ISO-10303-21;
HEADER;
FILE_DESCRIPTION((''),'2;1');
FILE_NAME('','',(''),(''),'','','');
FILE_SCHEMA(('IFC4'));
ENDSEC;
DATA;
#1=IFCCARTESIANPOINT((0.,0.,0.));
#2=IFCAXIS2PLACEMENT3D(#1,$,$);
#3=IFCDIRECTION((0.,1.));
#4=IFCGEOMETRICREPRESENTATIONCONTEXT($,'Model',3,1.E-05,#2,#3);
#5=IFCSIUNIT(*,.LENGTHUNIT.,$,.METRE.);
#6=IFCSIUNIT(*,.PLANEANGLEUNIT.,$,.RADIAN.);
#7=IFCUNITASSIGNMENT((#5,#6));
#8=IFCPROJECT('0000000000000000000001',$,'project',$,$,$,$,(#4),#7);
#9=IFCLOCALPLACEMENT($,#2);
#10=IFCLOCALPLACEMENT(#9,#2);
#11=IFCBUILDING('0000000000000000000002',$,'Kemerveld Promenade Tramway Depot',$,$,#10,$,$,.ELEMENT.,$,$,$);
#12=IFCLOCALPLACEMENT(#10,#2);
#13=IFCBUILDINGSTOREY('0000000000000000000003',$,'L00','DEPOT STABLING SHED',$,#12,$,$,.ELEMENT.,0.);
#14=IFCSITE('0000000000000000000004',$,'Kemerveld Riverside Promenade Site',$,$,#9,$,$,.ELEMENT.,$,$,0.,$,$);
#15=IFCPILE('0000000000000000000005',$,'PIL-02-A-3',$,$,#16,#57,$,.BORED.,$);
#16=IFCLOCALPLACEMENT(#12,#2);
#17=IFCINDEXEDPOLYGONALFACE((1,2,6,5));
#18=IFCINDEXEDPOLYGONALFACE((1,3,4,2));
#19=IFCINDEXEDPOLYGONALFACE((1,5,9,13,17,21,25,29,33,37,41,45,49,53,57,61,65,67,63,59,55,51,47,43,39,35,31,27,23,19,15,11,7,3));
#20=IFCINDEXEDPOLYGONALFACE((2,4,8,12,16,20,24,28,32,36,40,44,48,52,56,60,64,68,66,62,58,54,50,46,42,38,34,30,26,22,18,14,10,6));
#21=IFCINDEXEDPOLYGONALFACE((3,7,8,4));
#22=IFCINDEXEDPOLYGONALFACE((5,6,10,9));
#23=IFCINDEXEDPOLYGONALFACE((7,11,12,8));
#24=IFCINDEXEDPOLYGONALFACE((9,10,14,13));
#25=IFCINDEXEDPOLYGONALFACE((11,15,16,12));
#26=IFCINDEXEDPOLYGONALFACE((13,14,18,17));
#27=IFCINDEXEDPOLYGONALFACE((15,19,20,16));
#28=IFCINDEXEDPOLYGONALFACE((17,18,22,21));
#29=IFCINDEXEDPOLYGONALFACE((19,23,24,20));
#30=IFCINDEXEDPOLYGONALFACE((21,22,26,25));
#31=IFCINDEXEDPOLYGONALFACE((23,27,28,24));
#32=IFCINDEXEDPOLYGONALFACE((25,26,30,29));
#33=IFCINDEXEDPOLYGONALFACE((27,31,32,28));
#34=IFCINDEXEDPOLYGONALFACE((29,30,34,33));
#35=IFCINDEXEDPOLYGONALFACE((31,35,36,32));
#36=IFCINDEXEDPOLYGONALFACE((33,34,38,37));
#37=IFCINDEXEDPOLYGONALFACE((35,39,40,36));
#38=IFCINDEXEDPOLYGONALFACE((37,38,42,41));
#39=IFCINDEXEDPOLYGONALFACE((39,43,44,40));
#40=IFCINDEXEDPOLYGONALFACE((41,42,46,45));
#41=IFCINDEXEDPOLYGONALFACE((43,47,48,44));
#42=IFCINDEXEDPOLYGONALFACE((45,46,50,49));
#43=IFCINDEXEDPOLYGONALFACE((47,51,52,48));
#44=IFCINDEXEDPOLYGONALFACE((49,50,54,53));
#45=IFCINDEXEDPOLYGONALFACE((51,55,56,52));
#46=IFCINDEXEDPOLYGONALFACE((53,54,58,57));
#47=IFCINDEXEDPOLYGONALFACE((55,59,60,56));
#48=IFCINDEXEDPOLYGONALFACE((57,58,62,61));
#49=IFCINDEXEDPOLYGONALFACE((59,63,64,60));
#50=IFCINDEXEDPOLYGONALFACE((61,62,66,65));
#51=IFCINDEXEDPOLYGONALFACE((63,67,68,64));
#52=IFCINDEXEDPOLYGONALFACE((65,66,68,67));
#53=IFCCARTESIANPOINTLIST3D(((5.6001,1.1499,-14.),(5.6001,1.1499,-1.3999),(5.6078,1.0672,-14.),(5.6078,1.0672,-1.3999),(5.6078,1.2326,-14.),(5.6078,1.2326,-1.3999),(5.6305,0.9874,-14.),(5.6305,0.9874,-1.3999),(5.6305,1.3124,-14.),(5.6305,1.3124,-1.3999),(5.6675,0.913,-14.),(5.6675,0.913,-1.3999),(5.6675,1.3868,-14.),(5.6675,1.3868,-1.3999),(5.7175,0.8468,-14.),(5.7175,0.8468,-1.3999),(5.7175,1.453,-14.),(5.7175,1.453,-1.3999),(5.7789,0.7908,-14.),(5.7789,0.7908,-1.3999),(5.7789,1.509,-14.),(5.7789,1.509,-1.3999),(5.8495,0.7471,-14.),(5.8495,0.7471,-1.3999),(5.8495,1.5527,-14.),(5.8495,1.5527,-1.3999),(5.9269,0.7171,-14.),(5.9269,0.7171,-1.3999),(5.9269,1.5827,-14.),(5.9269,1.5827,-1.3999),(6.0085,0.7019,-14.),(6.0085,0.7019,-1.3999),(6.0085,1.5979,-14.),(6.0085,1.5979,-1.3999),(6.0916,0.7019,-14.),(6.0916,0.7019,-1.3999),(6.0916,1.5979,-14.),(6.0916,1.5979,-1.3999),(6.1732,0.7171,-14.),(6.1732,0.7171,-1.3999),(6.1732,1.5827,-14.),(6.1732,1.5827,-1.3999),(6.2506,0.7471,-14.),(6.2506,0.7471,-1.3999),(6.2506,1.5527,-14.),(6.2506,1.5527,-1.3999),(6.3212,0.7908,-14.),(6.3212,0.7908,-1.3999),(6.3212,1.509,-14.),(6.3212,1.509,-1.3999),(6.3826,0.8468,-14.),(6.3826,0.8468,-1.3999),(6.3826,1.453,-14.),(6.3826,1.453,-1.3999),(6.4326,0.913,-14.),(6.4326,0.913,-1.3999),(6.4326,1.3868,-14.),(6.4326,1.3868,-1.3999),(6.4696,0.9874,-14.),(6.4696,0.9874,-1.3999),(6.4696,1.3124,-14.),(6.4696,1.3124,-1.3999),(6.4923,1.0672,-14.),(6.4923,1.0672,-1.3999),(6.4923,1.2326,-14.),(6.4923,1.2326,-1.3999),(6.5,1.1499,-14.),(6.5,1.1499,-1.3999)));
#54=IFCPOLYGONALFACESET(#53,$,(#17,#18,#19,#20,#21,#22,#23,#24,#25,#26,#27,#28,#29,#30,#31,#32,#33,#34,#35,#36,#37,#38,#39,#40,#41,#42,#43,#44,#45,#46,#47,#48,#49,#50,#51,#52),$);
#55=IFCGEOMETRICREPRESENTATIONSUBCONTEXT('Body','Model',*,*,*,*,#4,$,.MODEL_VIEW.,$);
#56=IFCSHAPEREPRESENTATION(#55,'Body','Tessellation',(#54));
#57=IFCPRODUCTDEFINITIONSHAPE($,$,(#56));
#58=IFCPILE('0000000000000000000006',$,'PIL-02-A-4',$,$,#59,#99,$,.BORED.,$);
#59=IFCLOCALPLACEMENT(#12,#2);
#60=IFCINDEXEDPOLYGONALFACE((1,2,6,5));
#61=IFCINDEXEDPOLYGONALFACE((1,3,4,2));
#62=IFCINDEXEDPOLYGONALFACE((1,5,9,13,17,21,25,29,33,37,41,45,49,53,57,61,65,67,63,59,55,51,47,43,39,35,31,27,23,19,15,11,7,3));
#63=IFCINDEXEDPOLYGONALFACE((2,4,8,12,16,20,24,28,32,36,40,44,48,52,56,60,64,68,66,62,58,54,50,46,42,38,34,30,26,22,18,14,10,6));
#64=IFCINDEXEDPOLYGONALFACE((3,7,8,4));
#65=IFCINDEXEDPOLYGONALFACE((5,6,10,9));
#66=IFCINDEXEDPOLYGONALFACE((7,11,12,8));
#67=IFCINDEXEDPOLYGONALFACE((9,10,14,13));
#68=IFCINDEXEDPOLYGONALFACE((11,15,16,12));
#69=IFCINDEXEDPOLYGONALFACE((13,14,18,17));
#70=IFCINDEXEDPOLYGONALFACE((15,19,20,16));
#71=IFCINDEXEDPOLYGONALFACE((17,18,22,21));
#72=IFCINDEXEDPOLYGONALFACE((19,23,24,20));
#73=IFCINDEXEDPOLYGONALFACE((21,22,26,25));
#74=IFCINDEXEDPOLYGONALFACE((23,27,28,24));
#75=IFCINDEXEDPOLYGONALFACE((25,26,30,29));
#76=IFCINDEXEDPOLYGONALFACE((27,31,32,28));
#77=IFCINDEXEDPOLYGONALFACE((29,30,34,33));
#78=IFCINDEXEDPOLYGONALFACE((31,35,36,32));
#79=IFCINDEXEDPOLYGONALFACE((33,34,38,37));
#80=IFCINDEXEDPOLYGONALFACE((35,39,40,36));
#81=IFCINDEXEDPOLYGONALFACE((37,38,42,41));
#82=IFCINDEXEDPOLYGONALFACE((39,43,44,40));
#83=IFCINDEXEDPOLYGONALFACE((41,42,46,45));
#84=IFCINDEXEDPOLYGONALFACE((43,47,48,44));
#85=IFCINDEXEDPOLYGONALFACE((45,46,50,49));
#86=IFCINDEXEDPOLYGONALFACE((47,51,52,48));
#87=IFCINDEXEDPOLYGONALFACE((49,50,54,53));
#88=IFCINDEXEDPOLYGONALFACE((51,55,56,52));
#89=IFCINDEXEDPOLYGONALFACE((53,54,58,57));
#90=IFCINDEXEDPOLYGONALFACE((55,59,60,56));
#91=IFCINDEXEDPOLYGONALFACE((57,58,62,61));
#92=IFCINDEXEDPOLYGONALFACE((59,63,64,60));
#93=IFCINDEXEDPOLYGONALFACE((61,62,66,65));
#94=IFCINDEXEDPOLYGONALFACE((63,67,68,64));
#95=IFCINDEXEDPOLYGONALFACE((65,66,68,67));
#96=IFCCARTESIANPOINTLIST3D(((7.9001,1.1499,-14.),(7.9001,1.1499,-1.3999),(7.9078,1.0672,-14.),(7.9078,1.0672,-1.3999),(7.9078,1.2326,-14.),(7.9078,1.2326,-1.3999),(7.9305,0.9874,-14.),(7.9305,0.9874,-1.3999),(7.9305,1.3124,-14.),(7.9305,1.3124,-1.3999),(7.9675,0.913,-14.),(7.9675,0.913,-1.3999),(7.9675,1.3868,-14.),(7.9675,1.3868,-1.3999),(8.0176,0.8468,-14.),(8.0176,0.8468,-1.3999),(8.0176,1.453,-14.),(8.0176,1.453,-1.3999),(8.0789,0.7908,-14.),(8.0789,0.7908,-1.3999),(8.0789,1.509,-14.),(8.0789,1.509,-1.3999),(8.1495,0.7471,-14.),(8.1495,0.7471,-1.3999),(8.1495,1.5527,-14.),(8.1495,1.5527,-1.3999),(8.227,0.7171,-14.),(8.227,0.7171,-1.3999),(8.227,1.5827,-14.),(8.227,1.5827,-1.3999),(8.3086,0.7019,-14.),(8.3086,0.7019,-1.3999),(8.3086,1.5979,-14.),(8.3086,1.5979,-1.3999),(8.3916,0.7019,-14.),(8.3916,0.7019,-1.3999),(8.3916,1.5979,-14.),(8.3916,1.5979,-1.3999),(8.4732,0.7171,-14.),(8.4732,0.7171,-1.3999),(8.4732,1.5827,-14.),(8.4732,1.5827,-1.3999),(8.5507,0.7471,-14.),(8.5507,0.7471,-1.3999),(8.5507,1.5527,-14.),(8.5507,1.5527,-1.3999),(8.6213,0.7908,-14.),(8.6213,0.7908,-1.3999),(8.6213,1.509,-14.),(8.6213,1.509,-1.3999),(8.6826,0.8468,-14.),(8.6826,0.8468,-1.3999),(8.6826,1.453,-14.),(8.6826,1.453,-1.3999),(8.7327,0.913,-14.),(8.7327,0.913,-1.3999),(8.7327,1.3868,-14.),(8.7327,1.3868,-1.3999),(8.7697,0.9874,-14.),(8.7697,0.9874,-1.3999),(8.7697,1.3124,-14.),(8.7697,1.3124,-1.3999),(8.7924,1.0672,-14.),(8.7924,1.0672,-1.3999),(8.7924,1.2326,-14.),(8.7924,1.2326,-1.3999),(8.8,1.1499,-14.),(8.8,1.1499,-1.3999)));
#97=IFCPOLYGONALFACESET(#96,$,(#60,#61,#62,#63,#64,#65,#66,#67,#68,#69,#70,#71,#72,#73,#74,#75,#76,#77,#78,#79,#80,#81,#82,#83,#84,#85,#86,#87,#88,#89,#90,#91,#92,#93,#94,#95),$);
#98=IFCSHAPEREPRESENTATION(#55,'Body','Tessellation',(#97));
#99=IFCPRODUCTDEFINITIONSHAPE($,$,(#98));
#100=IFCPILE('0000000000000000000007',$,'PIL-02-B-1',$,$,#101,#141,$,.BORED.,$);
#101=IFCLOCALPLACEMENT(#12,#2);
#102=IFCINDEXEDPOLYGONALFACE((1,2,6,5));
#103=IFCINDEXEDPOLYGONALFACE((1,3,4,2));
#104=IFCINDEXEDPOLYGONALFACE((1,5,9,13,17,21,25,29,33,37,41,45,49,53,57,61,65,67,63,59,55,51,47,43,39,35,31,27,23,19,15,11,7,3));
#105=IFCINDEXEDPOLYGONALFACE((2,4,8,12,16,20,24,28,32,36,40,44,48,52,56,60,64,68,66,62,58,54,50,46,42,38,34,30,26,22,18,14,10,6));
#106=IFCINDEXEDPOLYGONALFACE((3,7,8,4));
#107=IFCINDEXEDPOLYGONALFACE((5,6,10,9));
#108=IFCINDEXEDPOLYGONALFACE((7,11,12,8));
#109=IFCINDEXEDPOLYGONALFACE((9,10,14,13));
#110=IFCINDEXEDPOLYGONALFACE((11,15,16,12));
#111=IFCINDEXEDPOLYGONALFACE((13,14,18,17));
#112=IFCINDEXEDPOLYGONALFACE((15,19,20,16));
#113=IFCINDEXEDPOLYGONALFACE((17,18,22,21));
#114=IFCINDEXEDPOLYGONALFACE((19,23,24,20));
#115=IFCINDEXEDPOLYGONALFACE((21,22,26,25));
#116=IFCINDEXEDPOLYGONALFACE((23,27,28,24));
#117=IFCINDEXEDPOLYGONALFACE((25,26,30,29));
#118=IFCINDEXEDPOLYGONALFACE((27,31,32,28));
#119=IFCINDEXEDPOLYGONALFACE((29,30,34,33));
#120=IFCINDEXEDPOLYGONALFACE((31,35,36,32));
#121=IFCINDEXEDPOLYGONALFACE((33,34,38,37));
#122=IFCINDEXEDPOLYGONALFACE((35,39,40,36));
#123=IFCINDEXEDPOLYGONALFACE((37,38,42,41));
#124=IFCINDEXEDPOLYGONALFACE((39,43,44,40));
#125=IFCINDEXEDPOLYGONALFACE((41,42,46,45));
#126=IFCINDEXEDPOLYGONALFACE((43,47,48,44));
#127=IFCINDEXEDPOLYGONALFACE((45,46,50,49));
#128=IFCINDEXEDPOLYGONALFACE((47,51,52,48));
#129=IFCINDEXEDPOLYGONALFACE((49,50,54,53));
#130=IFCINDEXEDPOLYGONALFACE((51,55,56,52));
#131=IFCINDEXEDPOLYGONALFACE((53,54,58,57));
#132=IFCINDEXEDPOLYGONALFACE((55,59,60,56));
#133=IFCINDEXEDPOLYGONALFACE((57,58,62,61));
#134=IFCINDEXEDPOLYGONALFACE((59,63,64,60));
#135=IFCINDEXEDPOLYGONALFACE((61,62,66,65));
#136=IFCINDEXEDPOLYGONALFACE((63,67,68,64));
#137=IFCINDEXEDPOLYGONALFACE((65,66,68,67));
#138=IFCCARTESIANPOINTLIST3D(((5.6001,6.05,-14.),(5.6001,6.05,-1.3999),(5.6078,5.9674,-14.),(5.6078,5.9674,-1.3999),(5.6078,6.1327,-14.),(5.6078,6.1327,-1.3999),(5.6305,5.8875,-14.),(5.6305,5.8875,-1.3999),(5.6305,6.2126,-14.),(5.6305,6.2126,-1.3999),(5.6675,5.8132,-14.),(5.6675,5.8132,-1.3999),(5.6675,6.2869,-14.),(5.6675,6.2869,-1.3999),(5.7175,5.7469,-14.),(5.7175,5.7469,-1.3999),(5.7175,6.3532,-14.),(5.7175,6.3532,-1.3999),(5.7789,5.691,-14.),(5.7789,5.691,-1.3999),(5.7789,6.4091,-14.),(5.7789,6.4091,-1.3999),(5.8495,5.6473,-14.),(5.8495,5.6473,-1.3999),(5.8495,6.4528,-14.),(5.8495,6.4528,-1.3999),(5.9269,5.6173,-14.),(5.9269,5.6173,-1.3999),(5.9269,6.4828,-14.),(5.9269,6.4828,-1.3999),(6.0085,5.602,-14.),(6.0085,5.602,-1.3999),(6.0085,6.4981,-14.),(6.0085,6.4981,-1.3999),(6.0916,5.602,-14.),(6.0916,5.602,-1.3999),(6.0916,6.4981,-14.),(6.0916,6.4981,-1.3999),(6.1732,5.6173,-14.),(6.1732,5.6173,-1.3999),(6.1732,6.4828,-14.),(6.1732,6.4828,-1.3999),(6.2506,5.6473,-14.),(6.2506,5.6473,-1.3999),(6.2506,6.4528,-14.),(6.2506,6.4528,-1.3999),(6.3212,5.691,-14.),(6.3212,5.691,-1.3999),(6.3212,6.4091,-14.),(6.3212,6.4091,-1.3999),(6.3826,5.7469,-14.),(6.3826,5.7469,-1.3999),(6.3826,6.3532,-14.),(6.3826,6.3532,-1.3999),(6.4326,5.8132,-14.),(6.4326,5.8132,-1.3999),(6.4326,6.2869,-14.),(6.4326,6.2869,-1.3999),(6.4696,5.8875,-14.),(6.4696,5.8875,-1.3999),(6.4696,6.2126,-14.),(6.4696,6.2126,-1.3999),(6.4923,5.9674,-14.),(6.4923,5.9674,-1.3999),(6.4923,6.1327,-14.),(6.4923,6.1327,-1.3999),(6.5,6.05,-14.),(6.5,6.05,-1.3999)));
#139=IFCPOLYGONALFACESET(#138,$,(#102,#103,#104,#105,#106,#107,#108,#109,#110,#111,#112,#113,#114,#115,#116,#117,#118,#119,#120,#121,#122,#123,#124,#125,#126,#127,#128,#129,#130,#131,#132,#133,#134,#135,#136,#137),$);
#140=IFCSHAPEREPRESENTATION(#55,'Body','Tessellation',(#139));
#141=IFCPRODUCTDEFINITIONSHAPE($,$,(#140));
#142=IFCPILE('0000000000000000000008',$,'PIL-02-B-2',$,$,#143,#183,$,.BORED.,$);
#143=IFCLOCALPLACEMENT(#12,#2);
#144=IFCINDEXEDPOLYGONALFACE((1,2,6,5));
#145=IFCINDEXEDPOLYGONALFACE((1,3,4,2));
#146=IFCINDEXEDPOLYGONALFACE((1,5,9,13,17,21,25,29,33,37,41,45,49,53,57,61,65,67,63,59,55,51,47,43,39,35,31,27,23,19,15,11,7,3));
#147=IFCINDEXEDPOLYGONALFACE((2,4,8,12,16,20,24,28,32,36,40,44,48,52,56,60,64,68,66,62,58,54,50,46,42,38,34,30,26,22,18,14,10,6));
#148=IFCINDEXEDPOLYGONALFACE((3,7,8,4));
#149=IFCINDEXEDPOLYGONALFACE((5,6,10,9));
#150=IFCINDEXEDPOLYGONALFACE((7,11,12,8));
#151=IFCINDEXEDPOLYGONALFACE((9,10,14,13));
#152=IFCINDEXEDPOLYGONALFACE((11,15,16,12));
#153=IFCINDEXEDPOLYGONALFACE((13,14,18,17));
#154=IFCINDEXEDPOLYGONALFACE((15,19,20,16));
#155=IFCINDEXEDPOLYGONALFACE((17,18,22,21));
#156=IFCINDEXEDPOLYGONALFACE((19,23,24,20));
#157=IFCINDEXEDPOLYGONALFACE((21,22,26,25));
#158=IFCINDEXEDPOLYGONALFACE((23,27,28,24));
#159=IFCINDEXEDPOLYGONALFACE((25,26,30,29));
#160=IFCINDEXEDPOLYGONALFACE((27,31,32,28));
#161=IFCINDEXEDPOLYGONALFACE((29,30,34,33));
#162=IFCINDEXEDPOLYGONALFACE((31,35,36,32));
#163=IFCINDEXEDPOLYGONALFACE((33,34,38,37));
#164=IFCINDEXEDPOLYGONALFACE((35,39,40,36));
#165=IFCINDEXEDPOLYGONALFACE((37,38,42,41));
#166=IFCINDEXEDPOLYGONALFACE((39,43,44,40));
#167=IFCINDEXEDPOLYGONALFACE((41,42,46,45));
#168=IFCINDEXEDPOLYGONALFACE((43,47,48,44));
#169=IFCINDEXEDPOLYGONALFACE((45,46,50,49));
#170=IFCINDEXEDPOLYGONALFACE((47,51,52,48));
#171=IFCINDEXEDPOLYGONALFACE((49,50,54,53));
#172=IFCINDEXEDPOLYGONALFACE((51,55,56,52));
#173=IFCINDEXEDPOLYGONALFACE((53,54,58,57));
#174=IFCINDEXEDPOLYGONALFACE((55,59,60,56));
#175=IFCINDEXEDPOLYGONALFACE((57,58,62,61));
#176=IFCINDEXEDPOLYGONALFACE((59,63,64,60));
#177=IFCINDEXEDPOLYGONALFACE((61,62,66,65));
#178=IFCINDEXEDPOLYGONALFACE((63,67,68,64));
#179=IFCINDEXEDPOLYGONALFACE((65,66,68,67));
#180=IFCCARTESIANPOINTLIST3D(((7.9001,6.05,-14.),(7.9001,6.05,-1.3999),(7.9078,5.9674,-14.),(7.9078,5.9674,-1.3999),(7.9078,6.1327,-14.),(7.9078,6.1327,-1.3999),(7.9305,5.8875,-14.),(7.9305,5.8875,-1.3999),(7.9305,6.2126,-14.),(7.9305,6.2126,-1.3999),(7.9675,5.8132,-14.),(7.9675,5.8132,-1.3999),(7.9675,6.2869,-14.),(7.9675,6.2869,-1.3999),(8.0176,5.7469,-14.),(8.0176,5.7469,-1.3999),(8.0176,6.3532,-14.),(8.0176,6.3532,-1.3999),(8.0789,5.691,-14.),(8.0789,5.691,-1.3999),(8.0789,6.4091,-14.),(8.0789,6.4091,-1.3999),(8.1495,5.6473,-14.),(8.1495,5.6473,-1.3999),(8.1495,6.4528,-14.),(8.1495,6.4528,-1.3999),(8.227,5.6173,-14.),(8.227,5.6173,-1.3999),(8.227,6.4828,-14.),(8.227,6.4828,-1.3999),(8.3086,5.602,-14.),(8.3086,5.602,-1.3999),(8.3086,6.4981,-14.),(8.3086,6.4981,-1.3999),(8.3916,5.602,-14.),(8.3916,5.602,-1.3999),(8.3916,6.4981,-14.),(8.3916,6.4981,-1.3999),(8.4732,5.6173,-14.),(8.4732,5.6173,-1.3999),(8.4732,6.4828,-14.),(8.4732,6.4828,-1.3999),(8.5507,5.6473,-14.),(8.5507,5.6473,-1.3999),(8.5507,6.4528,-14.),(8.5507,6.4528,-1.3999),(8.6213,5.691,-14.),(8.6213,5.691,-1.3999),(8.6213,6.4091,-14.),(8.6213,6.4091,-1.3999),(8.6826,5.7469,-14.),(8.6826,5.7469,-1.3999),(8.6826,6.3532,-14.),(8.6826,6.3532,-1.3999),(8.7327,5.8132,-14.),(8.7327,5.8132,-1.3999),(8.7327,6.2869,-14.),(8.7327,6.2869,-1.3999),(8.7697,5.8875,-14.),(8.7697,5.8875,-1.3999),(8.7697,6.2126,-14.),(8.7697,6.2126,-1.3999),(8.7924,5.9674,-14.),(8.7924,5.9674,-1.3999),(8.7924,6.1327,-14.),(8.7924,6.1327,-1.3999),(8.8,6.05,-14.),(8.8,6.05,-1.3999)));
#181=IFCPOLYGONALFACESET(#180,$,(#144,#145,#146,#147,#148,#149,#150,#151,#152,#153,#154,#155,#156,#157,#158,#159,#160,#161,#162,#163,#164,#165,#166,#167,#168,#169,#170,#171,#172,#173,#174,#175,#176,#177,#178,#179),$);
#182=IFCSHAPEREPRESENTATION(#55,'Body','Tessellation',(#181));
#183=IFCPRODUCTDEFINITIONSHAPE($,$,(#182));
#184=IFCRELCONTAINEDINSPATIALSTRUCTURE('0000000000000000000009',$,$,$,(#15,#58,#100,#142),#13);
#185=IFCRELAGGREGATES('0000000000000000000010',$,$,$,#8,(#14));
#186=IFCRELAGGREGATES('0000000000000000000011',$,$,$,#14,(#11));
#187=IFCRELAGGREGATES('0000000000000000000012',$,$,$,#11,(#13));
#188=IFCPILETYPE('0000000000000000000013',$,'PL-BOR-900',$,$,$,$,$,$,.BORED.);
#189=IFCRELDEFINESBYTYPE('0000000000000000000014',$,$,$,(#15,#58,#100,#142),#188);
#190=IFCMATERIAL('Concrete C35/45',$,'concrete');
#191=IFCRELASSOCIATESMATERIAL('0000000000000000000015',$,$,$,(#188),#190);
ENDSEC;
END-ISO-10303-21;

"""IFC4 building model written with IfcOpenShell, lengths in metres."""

from ifc_helpers import new_model, si_unit, direction, frame, origin, origin_2d, place, context, subcontext, project, spatial, circle, extrude, material, material_profile, profile_set, type_object, element, save


model = new_model("IFC4")

# Units and contexts
model_context = context("Model", 3, precision=1e-05, world=origin(), true_north=direction((0.0, 1.0)))
body_context = subcontext(model_context, "Body", "Model", "MODEL_VIEW")
ifc_project = project(units=[si_unit("LENGTHUNIT", "METRE"), si_unit("PLANEANGLEUNIT", "RADIAN")], contexts=[model_context])

# Site, building, storey
site_placement = place(None, origin())
site = spatial("IfcSite", under=ifc_project, at=site_placement, Name="Kemerveld Riverside Promenade Site", CompositionType="ELEMENT", RefElevation=0.0)
building_placement = place(site_placement, origin())
building = spatial("IfcBuilding", under=site, at=building_placement, Name="Kemerveld Promenade Tramway Depot", CompositionType="ELEMENT")
storey_placement = place(building_placement, origin())
storey = spatial("IfcBuildingStorey", under=building, at=storey_placement, Name="L00", Description="DEPOT STABLING SHED", CompositionType="ELEMENT", Elevation=0.0)

# Shared definitions
ifc_material_1 = material(Name="Concrete C35/45", Category="concrete")

# Piles
ifc_material_profile_1 = material_profile(ifc_material_1, circle(Radius=0.45, at=origin_2d()), Name="PILE-D900")
ifc_profile_set_1 = profile_set([ifc_material_profile_1], Name="Concrete C35/45")
pile_type_1 = type_object("IfcPileType", Name="PL-BOR-900", PredefinedType="BORED", material=ifc_profile_set_1)
for number, where, z_axis, x_axis, name in (
    (1, (6.05, 1.1499, -1.3999), (0.0, 0.0, -1.0), (1.0, 0.0, 0.0), "PIL-02-A-3"),
    (2, (8.3501, 1.1499, -1.3999), (0.0, 0.0, -1.0), (1.0, 0.0, 0.0), "PIL-02-A-4"),
    (3, (6.05, 6.05, -1.3999), (0.0, 0.0, -1.0), (1.0, 0.0, 0.0), "PIL-02-B-1"),
    (4, (8.3501, 6.05, -1.3999), (0.0, 0.0, -1.0), (1.0, 0.0, 0.0), "PIL-02-B-2"),
):
    element("IfcPile", number, at=place(storey_placement, frame(where, z_axis=z_axis, x_axis=x_axis)), inside=storey, type_object=pile_type_1, Name=name, PredefinedType="BORED", context=body_context, shape_type="SweptSolid", body=[
        extrude(circle(Radius=0.45, at=origin_2d()), origin(), (0.0, 0.0, 1.0), 12.6001),
    ])

save(model, "model.ifc")
